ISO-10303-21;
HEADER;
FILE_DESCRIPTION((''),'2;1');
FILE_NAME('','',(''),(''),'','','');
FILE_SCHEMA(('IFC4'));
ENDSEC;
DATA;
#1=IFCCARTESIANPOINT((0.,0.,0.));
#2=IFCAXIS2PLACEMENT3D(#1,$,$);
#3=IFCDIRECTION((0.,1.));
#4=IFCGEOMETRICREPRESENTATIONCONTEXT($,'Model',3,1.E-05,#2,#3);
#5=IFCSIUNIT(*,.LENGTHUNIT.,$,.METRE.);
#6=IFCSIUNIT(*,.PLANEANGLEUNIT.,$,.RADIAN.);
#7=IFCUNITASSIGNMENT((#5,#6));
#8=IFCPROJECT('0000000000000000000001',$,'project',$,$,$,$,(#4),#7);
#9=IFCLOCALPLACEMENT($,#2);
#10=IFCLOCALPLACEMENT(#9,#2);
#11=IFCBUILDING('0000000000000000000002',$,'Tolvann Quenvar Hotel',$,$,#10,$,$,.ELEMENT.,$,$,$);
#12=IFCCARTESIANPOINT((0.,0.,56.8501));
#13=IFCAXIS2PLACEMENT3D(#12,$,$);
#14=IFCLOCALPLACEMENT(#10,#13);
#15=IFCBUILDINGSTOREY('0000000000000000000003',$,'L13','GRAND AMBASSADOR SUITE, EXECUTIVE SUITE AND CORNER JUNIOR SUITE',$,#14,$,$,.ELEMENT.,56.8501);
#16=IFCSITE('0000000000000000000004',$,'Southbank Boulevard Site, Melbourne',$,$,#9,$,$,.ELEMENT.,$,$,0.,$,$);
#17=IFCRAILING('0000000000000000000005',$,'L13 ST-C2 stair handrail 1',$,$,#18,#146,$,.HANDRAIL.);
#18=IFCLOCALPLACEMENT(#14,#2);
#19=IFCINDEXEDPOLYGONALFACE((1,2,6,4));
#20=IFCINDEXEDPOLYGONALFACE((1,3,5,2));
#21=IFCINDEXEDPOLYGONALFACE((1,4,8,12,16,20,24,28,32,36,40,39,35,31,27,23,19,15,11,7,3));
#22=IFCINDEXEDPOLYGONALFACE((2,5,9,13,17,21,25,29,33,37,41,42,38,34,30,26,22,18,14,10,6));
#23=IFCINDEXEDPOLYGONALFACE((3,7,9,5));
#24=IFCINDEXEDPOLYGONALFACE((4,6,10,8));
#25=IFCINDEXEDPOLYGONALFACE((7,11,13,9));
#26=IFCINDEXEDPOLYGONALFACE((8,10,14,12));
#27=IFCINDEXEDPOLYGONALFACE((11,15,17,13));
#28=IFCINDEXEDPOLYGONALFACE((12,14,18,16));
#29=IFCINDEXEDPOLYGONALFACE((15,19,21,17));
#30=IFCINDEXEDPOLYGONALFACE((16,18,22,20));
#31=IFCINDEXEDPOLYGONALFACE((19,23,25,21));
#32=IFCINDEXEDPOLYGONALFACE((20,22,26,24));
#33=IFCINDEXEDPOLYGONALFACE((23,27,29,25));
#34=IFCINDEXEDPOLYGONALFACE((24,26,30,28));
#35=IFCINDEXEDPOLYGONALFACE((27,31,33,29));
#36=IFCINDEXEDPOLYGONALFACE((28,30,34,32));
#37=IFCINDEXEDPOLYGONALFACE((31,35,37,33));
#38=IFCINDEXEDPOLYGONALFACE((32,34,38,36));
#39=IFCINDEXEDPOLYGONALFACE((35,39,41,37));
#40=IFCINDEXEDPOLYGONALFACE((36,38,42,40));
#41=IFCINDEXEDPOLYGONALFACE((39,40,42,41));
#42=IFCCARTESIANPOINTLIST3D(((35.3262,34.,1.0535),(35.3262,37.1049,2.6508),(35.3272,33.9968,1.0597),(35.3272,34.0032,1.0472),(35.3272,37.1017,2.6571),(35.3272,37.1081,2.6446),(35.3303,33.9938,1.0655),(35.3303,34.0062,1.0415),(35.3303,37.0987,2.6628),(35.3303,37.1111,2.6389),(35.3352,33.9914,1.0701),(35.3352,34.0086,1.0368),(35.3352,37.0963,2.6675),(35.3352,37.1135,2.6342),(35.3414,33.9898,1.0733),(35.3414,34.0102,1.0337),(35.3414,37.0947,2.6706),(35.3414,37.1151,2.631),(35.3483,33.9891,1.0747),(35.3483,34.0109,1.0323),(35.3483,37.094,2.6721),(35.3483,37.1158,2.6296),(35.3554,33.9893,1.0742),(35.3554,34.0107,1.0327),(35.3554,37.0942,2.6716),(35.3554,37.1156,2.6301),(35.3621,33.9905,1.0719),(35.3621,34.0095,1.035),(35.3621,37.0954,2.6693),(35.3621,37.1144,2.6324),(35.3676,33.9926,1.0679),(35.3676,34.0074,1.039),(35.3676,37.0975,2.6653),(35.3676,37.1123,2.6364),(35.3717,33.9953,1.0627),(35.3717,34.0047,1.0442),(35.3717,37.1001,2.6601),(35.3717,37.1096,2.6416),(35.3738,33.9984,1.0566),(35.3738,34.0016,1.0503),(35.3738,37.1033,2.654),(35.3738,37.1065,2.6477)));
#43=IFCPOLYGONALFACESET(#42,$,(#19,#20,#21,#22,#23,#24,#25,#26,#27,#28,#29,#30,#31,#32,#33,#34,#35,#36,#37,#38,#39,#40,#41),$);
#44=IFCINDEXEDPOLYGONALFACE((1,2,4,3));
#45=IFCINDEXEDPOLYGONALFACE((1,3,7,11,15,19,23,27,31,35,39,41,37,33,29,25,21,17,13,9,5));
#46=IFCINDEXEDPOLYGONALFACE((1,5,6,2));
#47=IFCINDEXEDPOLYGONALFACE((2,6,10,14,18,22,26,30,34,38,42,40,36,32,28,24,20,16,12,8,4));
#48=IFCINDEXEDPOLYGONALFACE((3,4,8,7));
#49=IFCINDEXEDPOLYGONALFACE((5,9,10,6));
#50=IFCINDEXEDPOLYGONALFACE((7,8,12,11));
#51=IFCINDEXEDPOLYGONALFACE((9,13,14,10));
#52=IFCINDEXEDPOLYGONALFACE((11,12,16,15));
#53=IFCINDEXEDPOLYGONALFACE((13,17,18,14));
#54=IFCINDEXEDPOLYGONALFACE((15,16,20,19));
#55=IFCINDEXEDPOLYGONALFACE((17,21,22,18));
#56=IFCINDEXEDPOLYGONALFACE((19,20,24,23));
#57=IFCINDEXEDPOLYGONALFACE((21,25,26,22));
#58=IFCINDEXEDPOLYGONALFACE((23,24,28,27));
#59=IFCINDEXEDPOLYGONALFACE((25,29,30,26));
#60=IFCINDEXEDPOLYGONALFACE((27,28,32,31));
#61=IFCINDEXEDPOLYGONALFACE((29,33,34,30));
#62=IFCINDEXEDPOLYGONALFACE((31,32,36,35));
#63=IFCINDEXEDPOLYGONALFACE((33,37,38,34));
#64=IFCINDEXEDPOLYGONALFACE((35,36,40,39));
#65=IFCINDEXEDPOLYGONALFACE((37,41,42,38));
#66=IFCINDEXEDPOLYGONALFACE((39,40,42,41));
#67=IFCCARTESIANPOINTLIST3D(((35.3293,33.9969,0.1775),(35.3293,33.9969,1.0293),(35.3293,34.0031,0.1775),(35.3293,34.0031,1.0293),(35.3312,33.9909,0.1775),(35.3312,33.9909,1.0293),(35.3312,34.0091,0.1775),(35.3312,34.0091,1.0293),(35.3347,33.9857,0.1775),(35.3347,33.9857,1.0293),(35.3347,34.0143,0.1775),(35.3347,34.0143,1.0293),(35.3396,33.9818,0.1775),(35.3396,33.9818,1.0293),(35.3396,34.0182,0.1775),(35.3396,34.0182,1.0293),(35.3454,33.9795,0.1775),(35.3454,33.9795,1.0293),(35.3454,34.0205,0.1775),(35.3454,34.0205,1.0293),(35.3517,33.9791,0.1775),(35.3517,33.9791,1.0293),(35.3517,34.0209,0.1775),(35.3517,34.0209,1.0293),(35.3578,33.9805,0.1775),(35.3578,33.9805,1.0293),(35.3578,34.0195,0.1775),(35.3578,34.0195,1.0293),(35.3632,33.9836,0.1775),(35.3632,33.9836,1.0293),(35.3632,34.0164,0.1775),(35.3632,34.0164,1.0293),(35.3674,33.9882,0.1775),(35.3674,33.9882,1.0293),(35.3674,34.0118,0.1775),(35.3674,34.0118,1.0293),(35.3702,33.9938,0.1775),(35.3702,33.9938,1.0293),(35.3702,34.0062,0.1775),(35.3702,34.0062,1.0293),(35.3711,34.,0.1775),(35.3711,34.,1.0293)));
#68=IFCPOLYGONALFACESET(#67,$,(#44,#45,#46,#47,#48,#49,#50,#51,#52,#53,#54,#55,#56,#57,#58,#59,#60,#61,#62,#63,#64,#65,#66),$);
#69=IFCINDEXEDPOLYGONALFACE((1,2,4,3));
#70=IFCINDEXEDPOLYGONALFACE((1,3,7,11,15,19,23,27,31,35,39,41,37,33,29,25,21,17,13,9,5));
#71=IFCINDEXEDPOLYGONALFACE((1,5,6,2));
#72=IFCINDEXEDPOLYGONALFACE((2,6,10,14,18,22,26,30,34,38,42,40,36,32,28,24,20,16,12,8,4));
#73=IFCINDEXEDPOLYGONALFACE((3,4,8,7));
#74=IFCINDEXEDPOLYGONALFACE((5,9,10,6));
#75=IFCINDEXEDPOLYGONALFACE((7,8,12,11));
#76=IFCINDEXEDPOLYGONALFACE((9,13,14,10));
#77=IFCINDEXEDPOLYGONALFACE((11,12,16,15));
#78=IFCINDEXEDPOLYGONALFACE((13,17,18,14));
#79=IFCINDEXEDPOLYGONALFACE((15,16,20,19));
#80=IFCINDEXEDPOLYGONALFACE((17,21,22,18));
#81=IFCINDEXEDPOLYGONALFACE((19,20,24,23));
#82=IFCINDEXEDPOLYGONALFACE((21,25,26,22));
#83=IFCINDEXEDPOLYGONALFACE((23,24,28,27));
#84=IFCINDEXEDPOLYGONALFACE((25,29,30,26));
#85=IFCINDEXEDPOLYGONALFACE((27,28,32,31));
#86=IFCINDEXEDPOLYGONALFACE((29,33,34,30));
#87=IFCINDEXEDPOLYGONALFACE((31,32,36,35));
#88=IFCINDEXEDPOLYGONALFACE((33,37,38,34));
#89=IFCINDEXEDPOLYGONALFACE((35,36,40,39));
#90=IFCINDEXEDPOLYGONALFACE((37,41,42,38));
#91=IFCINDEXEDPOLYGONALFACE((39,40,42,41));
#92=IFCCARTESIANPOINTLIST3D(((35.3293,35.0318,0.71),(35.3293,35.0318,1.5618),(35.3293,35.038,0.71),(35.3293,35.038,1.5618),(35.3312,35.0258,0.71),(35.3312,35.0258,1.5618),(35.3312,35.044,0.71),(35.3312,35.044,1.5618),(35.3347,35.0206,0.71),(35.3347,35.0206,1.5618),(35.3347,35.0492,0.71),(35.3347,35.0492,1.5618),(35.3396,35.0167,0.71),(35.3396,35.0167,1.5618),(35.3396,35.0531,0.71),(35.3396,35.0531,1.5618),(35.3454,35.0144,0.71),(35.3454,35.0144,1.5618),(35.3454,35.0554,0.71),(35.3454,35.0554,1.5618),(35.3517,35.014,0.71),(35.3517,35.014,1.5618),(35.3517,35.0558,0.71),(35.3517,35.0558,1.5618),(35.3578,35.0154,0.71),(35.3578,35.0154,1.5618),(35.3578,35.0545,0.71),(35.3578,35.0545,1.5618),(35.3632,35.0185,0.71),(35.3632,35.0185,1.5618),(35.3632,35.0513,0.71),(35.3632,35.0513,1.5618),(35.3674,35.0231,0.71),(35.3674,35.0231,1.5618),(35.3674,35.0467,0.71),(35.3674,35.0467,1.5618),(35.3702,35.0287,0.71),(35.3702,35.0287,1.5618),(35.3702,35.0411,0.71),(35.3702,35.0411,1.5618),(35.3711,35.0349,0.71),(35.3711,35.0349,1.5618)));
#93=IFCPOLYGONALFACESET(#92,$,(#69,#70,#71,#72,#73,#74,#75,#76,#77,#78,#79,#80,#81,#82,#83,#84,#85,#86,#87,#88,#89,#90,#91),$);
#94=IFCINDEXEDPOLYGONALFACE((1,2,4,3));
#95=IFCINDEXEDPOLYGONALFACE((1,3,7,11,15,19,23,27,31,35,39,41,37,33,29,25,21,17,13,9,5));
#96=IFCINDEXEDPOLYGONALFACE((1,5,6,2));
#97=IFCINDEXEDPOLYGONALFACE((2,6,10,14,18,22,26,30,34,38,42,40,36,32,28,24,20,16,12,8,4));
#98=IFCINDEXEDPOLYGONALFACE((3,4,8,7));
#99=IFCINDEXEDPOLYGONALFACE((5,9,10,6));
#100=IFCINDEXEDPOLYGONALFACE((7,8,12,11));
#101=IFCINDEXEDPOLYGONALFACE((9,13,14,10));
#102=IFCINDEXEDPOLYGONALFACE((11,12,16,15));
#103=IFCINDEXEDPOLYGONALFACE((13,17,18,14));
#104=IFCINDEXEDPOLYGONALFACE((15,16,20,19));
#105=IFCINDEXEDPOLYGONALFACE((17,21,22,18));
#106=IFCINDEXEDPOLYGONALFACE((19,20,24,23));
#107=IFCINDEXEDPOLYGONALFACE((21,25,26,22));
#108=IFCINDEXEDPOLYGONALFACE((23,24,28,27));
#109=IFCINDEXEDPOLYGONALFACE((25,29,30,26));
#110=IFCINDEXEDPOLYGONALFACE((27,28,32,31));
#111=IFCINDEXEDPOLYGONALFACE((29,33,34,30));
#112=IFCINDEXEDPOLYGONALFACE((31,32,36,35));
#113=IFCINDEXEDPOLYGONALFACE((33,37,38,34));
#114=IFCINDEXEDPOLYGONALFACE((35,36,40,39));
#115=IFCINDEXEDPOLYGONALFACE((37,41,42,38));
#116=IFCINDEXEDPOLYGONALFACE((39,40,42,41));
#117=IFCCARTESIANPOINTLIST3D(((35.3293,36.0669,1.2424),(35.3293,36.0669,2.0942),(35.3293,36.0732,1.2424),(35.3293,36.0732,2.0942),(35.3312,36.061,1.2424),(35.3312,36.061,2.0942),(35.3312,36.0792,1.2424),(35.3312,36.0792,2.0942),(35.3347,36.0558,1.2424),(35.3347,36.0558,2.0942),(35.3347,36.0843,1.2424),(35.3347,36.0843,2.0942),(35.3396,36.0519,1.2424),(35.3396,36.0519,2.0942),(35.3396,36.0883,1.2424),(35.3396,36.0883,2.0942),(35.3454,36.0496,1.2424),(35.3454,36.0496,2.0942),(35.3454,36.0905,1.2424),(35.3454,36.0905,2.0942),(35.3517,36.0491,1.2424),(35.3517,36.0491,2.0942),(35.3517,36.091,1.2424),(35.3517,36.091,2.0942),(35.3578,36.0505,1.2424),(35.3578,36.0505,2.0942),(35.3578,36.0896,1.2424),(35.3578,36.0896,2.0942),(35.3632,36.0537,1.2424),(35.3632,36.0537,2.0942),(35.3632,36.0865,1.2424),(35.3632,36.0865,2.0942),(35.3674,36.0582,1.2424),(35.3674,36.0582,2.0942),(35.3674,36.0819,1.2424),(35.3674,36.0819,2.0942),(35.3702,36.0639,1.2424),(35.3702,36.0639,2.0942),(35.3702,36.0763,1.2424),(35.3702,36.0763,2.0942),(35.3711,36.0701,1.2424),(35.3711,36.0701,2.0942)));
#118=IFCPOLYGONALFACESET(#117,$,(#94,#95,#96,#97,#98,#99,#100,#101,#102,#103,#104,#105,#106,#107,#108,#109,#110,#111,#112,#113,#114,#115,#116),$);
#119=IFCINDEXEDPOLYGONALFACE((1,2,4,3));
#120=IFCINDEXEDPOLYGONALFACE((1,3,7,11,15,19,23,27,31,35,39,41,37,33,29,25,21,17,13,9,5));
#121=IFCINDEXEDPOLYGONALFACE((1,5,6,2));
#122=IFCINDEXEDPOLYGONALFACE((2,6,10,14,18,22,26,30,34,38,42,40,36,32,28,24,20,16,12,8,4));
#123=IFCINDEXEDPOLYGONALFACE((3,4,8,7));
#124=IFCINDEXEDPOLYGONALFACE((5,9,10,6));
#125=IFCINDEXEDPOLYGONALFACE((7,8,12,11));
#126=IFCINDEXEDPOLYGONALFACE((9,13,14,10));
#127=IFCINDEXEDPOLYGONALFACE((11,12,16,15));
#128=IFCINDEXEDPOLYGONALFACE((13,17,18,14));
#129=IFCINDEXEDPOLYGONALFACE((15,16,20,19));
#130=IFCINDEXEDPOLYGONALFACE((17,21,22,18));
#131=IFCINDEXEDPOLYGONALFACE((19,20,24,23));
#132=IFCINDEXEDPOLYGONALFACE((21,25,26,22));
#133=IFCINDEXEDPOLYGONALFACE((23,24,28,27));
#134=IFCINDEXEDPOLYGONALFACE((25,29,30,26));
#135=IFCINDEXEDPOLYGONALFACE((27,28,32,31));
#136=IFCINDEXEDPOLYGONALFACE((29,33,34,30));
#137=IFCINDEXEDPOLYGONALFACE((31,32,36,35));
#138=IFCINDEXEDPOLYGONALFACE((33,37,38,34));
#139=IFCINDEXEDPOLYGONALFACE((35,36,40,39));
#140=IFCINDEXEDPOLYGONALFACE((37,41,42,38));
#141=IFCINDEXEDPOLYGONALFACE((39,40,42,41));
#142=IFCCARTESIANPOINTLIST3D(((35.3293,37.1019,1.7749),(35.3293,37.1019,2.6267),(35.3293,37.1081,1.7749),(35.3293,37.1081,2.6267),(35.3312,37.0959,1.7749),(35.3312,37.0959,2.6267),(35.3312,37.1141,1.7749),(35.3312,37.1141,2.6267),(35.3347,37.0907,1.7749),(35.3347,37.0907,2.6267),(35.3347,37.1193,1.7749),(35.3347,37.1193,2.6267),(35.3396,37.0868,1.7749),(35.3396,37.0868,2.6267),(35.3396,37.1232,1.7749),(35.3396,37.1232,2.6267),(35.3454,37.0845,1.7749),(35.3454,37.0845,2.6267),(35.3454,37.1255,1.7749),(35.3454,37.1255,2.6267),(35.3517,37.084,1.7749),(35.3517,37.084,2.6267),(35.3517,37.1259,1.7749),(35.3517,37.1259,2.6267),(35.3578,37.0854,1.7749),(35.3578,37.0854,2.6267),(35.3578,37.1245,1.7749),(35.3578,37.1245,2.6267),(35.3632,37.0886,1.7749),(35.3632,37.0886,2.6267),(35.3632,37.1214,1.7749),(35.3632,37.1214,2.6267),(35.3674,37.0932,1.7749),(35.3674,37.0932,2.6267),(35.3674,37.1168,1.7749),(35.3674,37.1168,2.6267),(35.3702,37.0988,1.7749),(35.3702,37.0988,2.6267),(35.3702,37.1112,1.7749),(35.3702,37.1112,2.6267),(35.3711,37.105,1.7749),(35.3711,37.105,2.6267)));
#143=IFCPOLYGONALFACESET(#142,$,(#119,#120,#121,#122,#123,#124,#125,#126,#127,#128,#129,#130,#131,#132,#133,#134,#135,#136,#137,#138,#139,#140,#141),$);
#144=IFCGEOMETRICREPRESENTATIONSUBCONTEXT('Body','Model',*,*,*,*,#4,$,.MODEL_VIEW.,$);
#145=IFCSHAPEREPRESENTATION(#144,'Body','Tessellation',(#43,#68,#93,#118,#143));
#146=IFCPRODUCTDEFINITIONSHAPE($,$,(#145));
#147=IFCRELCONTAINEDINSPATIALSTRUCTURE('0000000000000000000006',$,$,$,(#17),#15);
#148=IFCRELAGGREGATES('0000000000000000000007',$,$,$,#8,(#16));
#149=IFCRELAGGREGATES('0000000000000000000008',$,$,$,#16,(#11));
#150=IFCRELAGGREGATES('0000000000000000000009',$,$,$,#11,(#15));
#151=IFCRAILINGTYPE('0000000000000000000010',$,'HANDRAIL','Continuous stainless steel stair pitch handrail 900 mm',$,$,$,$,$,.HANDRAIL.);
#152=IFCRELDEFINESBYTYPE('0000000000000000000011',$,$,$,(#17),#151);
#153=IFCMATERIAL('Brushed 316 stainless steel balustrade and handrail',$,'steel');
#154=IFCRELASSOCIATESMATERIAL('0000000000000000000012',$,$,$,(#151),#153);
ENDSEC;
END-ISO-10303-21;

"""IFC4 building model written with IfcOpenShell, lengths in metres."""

from ifc_helpers import new_model, si_unit, direction, frame, origin, origin_2d, place, context, subcontext, project, spatial, circle, extrude, material, type_object, element, save


model = new_model("IFC4")

# Units and contexts
model_context = context("Model", 3, precision=1e-05, world=origin(), true_north=direction((0.0, 1.0)))
body_context = subcontext(model_context, "Body", "Model", "MODEL_VIEW")
ifc_project = project(units=[si_unit("LENGTHUNIT", "METRE"), si_unit("PLANEANGLEUNIT", "RADIAN")], contexts=[model_context])

# Site, building, storey
site_placement = place(None, origin())
site = spatial("IfcSite", under=ifc_project, at=site_placement, Name="Southbank Boulevard Site, Melbourne", CompositionType="ELEMENT", RefElevation=0.0)
building_placement = place(site_placement, origin())
building = spatial("IfcBuilding", under=site, at=building_placement, Name="Tolvann Quenvar Hotel", CompositionType="ELEMENT")
storey_placement = place(building_placement, frame((0.0, 0.0, 56.8501)))
storey = spatial("IfcBuildingStorey", under=building, at=storey_placement, Name="L13", Description="GRAND AMBASSADOR SUITE, EXECUTIVE SUITE AND CORNER JUNIOR SUITE", CompositionType="ELEMENT", Elevation=56.8501)

# Railing
ifc_material_1 = material(Name="Brushed 316 stainless steel balustrade and handrail", Category="steel")
railing_type_1 = type_object("IfcRailingType", Name="HANDRAIL", Description="Continuous stainless steel stair pitch handrail 900 mm", PredefinedType="HANDRAIL", material=ifc_material_1)
railing_1_placement = place(storey_placement, frame((35.3501, 34.0, 0.1775)))
element("IfcRailing", 1, at=railing_1_placement, inside=storey, type_object=railing_type_1, Name="L13 ST-C2 stair handrail 1", PredefinedType="HANDRAIL", context=body_context, shape_type="SweptSolid", body=[
    extrude(circle(Radius=0.0239, at=origin_2d()), frame((0.0, 0.0, 0.876), z_axis=(0.0, 0.889222, 0.457476), x_axis=(-1.0, 0.0, 0.0)), (0.0, 0.0, 1.0), 3.4917),
    extrude(circle(Radius=0.021, at=origin_2d()), origin(), (0.0, 0.0, 1.0), 0.8518),
    extrude(circle(Radius=0.021, at=origin_2d()), frame((0.0, 1.0349, 0.5325)), (0.0, 0.0, 1.0), 0.8518),
    extrude(circle(Radius=0.021, at=origin_2d()), frame((0.0, 2.0701, 1.0649)), (0.0, 0.0, 1.0), 0.8518),
    extrude(circle(Radius=0.021, at=origin_2d()), frame((0.0, 3.105, 1.5974)), (0.0, 0.0, 1.0), 0.8518),
])

save(model, "model.ifc")
